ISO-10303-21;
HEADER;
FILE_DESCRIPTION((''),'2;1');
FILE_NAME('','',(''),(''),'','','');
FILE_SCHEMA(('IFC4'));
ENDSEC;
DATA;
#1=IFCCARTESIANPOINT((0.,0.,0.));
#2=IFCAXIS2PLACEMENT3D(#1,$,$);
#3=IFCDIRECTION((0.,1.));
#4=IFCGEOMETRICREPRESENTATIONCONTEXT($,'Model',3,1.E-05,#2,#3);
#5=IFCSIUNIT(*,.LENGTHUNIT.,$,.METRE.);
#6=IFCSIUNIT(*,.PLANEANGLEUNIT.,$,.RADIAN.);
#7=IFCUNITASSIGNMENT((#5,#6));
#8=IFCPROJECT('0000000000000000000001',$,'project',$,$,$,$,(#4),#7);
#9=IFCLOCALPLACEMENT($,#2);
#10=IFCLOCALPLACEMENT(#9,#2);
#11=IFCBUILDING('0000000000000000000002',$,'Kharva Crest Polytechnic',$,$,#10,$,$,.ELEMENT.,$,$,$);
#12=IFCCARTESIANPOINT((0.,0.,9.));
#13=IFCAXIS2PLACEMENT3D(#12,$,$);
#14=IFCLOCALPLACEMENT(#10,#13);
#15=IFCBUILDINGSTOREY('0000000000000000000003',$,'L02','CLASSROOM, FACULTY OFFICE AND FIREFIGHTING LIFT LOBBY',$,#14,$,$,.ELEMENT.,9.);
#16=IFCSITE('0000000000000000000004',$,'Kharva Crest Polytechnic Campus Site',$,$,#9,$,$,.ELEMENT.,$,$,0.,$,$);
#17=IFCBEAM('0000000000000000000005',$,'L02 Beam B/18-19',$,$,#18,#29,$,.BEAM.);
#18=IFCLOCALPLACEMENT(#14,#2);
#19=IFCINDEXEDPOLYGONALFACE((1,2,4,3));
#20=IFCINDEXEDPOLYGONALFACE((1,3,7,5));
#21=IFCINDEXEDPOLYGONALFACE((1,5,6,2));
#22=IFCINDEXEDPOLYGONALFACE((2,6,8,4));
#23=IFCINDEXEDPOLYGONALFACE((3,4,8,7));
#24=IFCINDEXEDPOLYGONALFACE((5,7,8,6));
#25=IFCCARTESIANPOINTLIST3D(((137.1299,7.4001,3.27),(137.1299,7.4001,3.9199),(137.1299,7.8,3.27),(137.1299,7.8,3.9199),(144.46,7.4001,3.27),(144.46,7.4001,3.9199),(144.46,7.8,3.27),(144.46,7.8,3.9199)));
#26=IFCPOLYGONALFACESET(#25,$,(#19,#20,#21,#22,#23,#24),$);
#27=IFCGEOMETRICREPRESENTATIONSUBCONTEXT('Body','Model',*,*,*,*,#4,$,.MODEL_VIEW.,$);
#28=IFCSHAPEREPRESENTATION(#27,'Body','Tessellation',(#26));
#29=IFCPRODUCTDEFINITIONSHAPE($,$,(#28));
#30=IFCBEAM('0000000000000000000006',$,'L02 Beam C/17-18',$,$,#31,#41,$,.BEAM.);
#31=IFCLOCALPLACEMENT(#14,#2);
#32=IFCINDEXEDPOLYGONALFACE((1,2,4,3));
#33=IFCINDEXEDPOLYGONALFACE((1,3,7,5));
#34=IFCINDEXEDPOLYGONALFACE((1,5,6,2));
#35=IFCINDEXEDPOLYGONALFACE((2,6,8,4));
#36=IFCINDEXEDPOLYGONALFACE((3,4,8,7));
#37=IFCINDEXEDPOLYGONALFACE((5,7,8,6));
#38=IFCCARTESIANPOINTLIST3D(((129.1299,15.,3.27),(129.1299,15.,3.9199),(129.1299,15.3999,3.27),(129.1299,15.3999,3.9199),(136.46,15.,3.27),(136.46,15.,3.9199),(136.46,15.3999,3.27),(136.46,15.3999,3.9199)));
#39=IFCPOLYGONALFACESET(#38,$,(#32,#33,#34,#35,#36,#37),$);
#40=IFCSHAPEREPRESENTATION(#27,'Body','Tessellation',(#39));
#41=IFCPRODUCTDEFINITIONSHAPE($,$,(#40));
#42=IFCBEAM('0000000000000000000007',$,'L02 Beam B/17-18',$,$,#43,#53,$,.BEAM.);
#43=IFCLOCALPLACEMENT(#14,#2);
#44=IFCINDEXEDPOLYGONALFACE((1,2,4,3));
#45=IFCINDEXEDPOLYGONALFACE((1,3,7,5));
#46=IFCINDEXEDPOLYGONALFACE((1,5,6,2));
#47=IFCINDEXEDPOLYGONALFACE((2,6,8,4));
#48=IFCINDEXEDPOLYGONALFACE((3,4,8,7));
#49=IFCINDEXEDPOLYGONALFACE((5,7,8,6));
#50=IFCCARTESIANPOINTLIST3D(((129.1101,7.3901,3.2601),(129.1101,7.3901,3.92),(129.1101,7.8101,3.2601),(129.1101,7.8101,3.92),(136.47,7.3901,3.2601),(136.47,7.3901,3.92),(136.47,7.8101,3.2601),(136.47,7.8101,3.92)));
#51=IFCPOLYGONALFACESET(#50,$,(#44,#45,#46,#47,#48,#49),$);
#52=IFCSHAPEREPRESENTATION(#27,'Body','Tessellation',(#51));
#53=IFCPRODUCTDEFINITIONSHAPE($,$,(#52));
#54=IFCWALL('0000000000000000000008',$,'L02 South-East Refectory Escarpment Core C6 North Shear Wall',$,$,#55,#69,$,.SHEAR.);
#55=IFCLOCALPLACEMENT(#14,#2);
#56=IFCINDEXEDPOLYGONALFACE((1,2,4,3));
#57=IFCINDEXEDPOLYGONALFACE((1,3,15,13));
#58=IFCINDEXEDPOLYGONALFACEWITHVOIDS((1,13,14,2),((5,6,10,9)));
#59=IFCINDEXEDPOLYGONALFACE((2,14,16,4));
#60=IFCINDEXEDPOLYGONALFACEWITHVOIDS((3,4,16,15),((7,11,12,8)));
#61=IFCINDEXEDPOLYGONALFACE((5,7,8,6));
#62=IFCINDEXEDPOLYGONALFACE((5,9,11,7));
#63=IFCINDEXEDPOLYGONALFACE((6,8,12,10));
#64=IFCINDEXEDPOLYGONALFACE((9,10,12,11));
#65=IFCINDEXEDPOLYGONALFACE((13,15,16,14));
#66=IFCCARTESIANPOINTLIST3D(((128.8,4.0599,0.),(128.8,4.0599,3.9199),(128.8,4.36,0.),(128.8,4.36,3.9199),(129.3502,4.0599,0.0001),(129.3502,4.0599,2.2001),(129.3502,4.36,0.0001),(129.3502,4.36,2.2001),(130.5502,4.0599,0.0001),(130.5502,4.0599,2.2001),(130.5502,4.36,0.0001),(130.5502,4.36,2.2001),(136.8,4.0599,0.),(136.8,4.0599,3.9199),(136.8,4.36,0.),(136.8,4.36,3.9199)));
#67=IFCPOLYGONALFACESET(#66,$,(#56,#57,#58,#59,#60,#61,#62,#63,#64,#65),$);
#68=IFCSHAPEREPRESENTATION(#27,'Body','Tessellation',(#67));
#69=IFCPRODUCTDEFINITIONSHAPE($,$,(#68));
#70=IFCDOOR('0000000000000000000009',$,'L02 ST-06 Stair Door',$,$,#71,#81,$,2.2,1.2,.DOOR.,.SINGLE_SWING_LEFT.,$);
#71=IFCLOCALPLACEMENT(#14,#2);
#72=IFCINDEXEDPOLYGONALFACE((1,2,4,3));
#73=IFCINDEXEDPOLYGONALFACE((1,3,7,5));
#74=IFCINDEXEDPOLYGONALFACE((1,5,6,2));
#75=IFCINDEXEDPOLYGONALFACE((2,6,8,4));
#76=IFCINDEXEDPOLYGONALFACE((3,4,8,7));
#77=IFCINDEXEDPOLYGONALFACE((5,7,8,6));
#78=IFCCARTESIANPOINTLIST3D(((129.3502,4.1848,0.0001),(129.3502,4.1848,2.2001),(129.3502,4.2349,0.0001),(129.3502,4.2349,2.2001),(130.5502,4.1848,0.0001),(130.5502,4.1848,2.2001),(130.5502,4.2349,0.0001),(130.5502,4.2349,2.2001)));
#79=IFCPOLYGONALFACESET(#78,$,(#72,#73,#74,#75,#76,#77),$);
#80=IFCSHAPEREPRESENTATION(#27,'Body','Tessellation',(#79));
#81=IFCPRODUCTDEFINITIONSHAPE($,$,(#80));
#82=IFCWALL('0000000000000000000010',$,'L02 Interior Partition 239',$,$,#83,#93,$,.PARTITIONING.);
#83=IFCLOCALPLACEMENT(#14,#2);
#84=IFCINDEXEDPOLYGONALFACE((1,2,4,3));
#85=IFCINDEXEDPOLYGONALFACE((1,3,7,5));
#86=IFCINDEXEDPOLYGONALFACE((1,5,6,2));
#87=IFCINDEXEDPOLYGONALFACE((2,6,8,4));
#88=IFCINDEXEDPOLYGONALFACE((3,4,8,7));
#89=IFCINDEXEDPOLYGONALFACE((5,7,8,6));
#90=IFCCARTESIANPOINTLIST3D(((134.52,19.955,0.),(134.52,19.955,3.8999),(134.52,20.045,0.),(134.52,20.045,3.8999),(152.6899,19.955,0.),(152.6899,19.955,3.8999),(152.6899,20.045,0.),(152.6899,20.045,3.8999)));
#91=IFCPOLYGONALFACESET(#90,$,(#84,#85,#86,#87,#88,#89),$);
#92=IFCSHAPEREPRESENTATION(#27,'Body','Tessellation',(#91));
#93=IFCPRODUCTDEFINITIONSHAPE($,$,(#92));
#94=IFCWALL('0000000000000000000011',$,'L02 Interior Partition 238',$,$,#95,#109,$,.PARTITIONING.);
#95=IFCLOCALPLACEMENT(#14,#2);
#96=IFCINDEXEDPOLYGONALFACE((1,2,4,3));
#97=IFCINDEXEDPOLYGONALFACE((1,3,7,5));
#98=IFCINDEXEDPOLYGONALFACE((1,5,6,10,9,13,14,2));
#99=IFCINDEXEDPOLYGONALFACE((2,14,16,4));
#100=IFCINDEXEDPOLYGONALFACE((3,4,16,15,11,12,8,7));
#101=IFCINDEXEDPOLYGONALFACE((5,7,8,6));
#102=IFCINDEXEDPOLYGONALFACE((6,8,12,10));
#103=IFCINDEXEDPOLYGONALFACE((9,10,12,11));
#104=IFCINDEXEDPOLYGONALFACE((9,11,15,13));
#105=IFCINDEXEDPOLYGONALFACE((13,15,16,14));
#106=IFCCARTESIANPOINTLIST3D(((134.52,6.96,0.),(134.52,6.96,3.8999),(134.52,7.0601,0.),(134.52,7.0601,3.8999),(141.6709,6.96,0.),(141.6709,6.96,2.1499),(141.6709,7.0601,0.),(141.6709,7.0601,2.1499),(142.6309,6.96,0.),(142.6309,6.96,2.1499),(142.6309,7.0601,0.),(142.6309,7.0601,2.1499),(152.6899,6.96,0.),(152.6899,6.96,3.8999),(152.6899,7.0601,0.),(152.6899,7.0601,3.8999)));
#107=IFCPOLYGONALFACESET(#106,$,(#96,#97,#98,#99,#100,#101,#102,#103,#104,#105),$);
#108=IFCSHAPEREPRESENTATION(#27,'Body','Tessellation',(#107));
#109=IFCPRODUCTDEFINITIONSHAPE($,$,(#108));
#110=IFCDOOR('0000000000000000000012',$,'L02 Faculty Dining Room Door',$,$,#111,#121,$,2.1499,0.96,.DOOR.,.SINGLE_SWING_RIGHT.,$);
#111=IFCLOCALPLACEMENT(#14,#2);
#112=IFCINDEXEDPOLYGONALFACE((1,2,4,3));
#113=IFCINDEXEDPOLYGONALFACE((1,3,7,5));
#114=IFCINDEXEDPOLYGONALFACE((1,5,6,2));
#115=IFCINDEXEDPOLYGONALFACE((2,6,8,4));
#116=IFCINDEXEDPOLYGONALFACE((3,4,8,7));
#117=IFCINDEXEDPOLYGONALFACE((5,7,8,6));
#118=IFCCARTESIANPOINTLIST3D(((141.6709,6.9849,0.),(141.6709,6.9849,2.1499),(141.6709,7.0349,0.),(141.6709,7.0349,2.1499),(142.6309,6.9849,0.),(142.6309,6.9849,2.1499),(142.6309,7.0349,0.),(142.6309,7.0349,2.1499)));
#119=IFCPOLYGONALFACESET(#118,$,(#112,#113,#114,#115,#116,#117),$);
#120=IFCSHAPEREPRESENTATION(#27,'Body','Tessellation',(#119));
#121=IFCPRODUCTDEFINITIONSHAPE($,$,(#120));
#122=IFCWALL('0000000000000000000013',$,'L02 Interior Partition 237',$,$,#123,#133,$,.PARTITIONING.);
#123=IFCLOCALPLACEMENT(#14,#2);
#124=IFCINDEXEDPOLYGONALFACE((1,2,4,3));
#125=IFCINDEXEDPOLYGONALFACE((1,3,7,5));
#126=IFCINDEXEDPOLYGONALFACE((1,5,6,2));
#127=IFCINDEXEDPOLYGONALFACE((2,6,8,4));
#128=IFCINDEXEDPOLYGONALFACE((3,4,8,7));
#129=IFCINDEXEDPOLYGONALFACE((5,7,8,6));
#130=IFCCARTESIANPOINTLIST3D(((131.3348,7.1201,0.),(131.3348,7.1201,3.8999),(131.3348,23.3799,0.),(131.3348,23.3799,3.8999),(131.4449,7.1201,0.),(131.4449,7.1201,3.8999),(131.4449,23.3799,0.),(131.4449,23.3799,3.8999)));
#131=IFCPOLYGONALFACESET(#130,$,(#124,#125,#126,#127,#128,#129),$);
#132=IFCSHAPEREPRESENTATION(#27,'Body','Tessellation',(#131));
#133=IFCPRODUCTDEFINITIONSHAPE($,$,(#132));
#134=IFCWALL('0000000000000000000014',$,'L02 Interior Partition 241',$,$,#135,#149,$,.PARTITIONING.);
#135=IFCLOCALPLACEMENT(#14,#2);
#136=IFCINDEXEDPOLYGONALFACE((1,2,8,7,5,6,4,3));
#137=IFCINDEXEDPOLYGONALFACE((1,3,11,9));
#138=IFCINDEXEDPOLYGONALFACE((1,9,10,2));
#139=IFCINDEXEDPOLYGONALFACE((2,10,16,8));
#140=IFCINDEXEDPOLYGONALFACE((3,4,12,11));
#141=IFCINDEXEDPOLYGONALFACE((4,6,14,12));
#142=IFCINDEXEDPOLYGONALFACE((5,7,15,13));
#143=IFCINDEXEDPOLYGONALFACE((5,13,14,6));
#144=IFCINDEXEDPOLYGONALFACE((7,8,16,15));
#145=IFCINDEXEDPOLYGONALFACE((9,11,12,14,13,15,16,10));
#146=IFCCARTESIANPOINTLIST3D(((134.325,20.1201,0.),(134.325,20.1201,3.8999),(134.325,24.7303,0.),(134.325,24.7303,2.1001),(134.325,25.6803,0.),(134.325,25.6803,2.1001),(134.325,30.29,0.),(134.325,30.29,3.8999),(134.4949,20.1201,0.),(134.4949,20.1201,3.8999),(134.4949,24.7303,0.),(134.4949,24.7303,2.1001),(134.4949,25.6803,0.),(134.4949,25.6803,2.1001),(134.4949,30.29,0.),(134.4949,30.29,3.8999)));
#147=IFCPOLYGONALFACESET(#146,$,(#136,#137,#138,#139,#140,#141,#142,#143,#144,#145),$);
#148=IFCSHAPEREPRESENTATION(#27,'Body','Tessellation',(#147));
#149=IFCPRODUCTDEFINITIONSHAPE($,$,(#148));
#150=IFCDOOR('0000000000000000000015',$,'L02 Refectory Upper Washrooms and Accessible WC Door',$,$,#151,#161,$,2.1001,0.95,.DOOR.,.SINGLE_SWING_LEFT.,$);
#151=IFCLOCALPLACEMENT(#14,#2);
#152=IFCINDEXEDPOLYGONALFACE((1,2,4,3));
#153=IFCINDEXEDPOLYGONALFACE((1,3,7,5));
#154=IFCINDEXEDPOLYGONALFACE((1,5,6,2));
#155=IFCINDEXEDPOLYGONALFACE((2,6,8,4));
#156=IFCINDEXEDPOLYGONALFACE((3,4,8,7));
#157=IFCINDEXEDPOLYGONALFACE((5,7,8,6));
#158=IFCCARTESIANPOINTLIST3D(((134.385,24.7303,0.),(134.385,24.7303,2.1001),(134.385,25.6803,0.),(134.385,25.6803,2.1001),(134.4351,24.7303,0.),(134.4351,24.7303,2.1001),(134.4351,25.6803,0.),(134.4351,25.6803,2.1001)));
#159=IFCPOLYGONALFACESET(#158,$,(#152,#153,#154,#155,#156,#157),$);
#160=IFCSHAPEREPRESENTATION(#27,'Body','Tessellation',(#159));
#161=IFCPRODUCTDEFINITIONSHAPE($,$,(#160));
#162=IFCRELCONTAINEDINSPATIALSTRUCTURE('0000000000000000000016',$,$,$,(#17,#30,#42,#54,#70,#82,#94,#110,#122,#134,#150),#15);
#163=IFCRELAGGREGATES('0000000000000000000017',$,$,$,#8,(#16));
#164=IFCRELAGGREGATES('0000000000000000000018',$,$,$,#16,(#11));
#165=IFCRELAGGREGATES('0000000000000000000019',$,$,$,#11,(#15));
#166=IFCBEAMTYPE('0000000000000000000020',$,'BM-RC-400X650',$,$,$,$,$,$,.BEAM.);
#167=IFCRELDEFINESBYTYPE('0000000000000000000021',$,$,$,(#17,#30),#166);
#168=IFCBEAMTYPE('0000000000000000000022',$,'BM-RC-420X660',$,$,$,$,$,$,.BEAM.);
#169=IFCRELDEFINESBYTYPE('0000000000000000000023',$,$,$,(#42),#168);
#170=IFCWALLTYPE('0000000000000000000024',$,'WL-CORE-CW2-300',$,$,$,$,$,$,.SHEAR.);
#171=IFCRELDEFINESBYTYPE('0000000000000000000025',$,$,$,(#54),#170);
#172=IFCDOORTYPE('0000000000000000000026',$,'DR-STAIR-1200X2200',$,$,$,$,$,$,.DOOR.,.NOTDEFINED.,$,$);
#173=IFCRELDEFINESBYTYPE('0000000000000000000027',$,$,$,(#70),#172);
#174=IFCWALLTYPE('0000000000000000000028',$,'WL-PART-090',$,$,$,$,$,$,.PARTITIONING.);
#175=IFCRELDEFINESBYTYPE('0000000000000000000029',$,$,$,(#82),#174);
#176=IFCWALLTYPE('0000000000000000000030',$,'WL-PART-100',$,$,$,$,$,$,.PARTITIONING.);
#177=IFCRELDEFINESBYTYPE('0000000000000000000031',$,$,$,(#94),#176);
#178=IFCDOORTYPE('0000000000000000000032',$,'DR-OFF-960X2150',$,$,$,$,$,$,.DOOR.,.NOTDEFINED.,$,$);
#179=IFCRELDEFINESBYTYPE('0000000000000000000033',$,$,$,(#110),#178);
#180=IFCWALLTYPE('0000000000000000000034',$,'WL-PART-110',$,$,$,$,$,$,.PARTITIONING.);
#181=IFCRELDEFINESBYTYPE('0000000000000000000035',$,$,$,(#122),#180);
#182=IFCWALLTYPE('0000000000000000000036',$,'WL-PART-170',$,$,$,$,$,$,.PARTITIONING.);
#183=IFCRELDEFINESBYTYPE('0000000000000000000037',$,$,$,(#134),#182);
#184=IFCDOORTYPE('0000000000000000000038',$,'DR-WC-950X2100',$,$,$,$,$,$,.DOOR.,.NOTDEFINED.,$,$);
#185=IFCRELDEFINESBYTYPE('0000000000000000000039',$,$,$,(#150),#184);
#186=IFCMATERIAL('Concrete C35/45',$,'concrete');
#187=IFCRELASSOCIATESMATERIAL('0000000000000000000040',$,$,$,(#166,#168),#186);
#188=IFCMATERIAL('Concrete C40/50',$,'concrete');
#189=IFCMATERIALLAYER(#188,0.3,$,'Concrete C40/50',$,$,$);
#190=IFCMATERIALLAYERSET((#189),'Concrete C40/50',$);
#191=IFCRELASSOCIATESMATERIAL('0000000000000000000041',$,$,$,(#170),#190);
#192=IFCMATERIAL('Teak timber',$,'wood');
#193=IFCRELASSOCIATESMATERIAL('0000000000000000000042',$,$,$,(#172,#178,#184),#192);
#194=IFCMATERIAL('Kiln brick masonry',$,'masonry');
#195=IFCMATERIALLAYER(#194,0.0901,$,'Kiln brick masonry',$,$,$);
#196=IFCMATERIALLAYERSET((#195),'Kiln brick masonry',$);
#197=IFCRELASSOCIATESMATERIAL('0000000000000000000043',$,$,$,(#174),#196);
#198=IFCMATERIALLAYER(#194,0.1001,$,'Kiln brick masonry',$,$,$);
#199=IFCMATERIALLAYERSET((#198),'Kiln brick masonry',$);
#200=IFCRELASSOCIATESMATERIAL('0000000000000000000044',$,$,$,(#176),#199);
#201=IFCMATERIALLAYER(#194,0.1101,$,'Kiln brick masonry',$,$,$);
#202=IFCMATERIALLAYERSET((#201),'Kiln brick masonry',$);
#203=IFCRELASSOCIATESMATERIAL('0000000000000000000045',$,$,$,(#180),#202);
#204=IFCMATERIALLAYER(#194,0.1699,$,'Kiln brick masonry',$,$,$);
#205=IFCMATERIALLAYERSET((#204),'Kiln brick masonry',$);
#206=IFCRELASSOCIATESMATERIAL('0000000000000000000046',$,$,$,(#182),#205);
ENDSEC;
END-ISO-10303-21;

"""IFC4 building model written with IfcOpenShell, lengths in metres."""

from ifc_helpers import new_model, si_unit, direction, frame, frame_2d, origin, origin_2d, place, context, subcontext, project, spatial, rectangle, extrude, material, layer, layer_set, material_profile, profile_set, type_object, element, fill, save


model = new_model("IFC4")

# Units and contexts
model_context = context("Model", 3, precision=1e-05, world=origin(), true_north=direction((0.0, 1.0)))
body_context = subcontext(model_context, "Body", "Model", "MODEL_VIEW")
ifc_project = project(units=[si_unit("LENGTHUNIT", "METRE"), si_unit("PLANEANGLEUNIT", "RADIAN")], contexts=[model_context])

# Site, building, storey
site_placement = place(None, origin())
site = spatial("IfcSite", under=ifc_project, at=site_placement, Name="Kharva Crest Polytechnic Campus Site", CompositionType="ELEMENT", RefElevation=0.0)
building_placement = place(site_placement, origin())
building = spatial("IfcBuilding", under=site, at=building_placement, Name="Kharva Crest Polytechnic", CompositionType="ELEMENT")
storey_placement = place(building_placement, frame((0.0, 0.0, 9.0)))
storey = spatial("IfcBuildingStorey", under=building, at=storey_placement, Name="L02", Description="CLASSROOM, FACULTY OFFICE AND FIREFIGHTING LIFT LOBBY", CompositionType="ELEMENT", Elevation=9.0)

# Shared definitions
ifc_material_1 = material(Name="Concrete C40/50", Category="concrete")

# Beams
ifc_material_2 = material(Name="Concrete C35/45", Category="concrete")
ifc_material_profile_1 = material_profile(ifc_material_2, rectangle(XDim=0.3999, YDim=0.6499, at=origin_2d()), Name="RECT 400 X 650")
ifc_profile_set_1 = profile_set([ifc_material_profile_1], Name="Concrete C35/45")
beam_type_1 = type_object("IfcBeamType", Name="BM-RC-400X650", PredefinedType="BEAM", material=ifc_profile_set_1)
for number, where, z_axis, x_axis, name in (
    (1, (137.1299, 7.6001, 3.595), (1.0, 0.0, 0.0), (0.0, 1.0, 0.0), "L02 Beam B/18-19"),
    (2, (129.1299, 15.2, 3.595), (1.0, 0.0, 0.0), (0.0, 1.0, 0.0), "L02 Beam C/17-18"),
):
    element("IfcBeam", number, at=place(storey_placement, frame(where, z_axis=z_axis, x_axis=x_axis)), inside=storey, type_object=beam_type_1, Name=name, PredefinedType="BEAM", context=body_context, shape_type="SweptSolid", body=[
        extrude(rectangle(XDim=0.3999, YDim=0.6499, at=origin_2d()), origin(), (0.0, 0.0, 1.0), 7.3301),
    ])
ifc_material_profile_2 = material_profile(ifc_material_2, rectangle(XDim=0.4199, YDim=0.6599, at=origin_2d()), Name="RECT 420 X 660")
ifc_profile_set_2 = profile_set([ifc_material_profile_2], Name="Concrete C35/45")
beam_type_2 = type_object("IfcBeamType", Name="BM-RC-420X660", PredefinedType="BEAM", material=ifc_profile_set_2)
beam_1_placement = place(storey_placement, frame((129.1101, 7.6001, 3.5901), z_axis=(1.0, 0.0, 0.0), x_axis=(0.0, 1.0, 0.0)))
element("IfcBeam", 3, at=beam_1_placement, inside=storey, type_object=beam_type_2, Name="L02 Beam B/17-18", PredefinedType="BEAM", context=body_context, shape_type="SweptSolid", body=[
    extrude(rectangle(XDim=0.4199, YDim=0.6599, at=origin_2d()), origin(), (0.0, 0.0, 1.0), 7.3599),
])

# Wall, opening, door
ifc_layer_1 = layer(ifc_material_1, 0.3, Name="Concrete C40/50")
ifc_layer_set_1 = layer_set([ifc_layer_1], Name="Concrete C40/50")
wall_type_1 = type_object("IfcWallType", Name="WL-CORE-CW2-300", PredefinedType="SHEAR", material=ifc_layer_set_1)
wall_1_placement = place(storey_placement, frame((128.8, 4.21, 0.0), z_axis=(0.0, 0.0, 1.0), x_axis=(1.0, 0.0, 0.0)))
wall_1 = element("IfcWall", 4, at=wall_1_placement, inside=storey, type_object=wall_type_1, Name="L02 South-East Refectory Escarpment Core C6 North Shear Wall", PredefinedType="SHEAR", context=body_context, shape_type="SweptSolid", body=[
    extrude(rectangle(XDim=8.0, YDim=0.3, at=frame_2d((4.0, 0.0))), origin(), (0.0, 0.0, 1.0), 3.9199),
])
opening_1_placement = place(wall_1_placement, frame((0.55, 0.0, 0.0)))
opening_1 = element("IfcOpeningElement", 5, at=opening_1_placement, cuts=wall_1, PredefinedType="OPENING", context=body_context, shape_type="SweptSolid", body=[
    extrude(rectangle(XDim=1.2, YDim=2.2, at=frame_2d((0.6001, 1.1001))), frame((0.0, 0.1599, 0.0), z_axis=(0.0, -1.0, 0.0), x_axis=(1.0, 0.0, 0.0)), (0.0, 0.0, 1.0), 0.3201),
])
ifc_material_3 = material(Name="Teak timber", Category="wood")
door_type_1 = type_object("IfcDoorType", Name="DR-STAIR-1200X2200", OperationType="NOTDEFINED", PredefinedType="DOOR", material=ifc_material_3)
door_1_placement = place(opening_1_placement, origin())
door_1 = element("IfcDoor", 6, at=door_1_placement, inside=storey, type_object=door_type_1, Name="L02 ST-06 Stair Door", OperationType="SINGLE_SWING_LEFT", OverallHeight=2.2, OverallWidth=1.2, PredefinedType="DOOR", context=body_context, shape_type="SweptSolid", body=[
    extrude(rectangle(XDim=1.2, YDim=2.2, at=frame_2d((0.6001, 1.1001))), frame((0.0, 0.0249, 0.0), z_axis=(0.0, -1.0, 0.0), x_axis=(1.0, 0.0, 0.0)), (0.0, 0.0, 1.0), 0.05),
])
fill(opening_1, door_1)

# Wall
ifc_material_4 = material(Name="Kiln brick masonry", Category="masonry")
ifc_layer_2 = layer(ifc_material_4, 0.0901, Name="Kiln brick masonry")
ifc_layer_set_2 = layer_set([ifc_layer_2], Name="Kiln brick masonry")
wall_type_2 = type_object("IfcWallType", Name="WL-PART-090", PredefinedType="PARTITIONING", material=ifc_layer_set_2)
wall_2_placement = place(storey_placement, frame((134.52, 20.0, 0.0), z_axis=(0.0, 0.0, 1.0), x_axis=(1.0, 0.0, 0.0)))
element("IfcWall", 7, at=wall_2_placement, inside=storey, type_object=wall_type_2, Name="L02 Interior Partition 239", PredefinedType="PARTITIONING", context=body_context, shape_type="SweptSolid", body=[
    extrude(rectangle(XDim=18.1699, YDim=0.0901, at=frame_2d((9.085, 0.0))), origin(), (0.0, 0.0, 1.0), 3.8999),
])

# Wall, opening, door
ifc_layer_3 = layer(ifc_material_4, 0.1001, Name="Kiln brick masonry")
ifc_layer_set_3 = layer_set([ifc_layer_3], Name="Kiln brick masonry")
wall_type_3 = type_object("IfcWallType", Name="WL-PART-100", PredefinedType="PARTITIONING", material=ifc_layer_set_3)
wall_3_placement = place(storey_placement, frame((134.52, 7.01, 0.0), z_axis=(0.0, 0.0, 1.0), x_axis=(1.0, 0.0, 0.0)))
wall_3 = element("IfcWall", 8, at=wall_3_placement, inside=storey, type_object=wall_type_3, Name="L02 Interior Partition 238", PredefinedType="PARTITIONING", context=body_context, shape_type="SweptSolid", body=[
    extrude(rectangle(XDim=18.1699, YDim=0.1001, at=frame_2d((9.085, 0.0))), origin(), (0.0, 0.0, 1.0), 3.8999),
])
opening_2_placement = place(wall_3_placement, frame((7.1509, 0.0, 0.0)))
opening_2 = element("IfcOpeningElement", 9, at=opening_2_placement, cuts=wall_3, PredefinedType="OPENING", context=body_context, shape_type="SweptSolid", body=[
    extrude(rectangle(XDim=0.96, YDim=2.1499, at=frame_2d((0.48, 1.075))), frame((0.0, 0.0601, 0.0), z_axis=(0.0, -1.0, 0.0), x_axis=(1.0, 0.0, 0.0)), (0.0, 0.0, 1.0), 0.1201),
])
door_type_2 = type_object("IfcDoorType", Name="DR-OFF-960X2150", OperationType="NOTDEFINED", PredefinedType="DOOR", material=ifc_material_3)
door_2_placement = place(opening_2_placement, origin())
door_2 = element("IfcDoor", 10, at=door_2_placement, inside=storey, type_object=door_type_2, Name="L02 Faculty Dining Room Door", OperationType="SINGLE_SWING_RIGHT", OverallHeight=2.1499, OverallWidth=0.96, PredefinedType="DOOR", context=body_context, shape_type="SweptSolid", body=[
    extrude(rectangle(XDim=0.96, YDim=2.1499, at=frame_2d((0.48, 1.075))), frame((0.0, 0.0249, 0.0), z_axis=(0.0, -1.0, 0.0), x_axis=(1.0, 0.0, 0.0)), (0.0, 0.0, 1.0), 0.05),
])
fill(opening_2, door_2)

# Wall
ifc_layer_4 = layer(ifc_material_4, 0.1101, Name="Kiln brick masonry")
ifc_layer_set_4 = layer_set([ifc_layer_4], Name="Kiln brick masonry")
wall_type_4 = type_object("IfcWallType", Name="WL-PART-110", PredefinedType="PARTITIONING", material=ifc_layer_set_4)
wall_4_placement = place(storey_placement, frame((131.3899, 7.1201, 0.0), z_axis=(0.0, 0.0, 1.0), x_axis=(0.0, 1.0, 0.0)))
element("IfcWall", 11, at=wall_4_placement, inside=storey, type_object=wall_type_4, Name="L02 Interior Partition 237", PredefinedType="PARTITIONING", context=body_context, shape_type="SweptSolid", body=[
    extrude(rectangle(XDim=16.2598, YDim=0.1101, at=frame_2d((8.1299, 0.0))), origin(), (0.0, 0.0, 1.0), 3.8999),
])

# Wall, opening, door
ifc_layer_5 = layer(ifc_material_4, 0.1699, Name="Kiln brick masonry")
ifc_layer_set_5 = layer_set([ifc_layer_5], Name="Kiln brick masonry")
wall_type_5 = type_object("IfcWallType", Name="WL-PART-170", PredefinedType="PARTITIONING", material=ifc_layer_set_5)
wall_5_placement = place(storey_placement, frame((134.4099, 20.1201, 0.0), z_axis=(0.0, 0.0, 1.0), x_axis=(0.0, 1.0, 0.0)))
wall_5 = element("IfcWall", 12, at=wall_5_placement, inside=storey, type_object=wall_type_5, Name="L02 Interior Partition 241", PredefinedType="PARTITIONING", context=body_context, shape_type="SweptSolid", body=[
    extrude(rectangle(XDim=10.1699, YDim=0.1699, at=frame_2d((5.085, 0.0))), origin(), (0.0, 0.0, 1.0), 3.8999),
])
opening_3_placement = place(wall_5_placement, frame((4.6101, 0.0, 0.0)))
opening_3 = element("IfcOpeningElement", 13, at=opening_3_placement, cuts=wall_5, PredefinedType="OPENING", context=body_context, shape_type="SweptSolid", body=[
    extrude(rectangle(XDim=0.95, YDim=2.1001, at=frame_2d((0.4751, 1.05))), frame((0.0, 0.095, 0.0), z_axis=(0.0, -1.0, 0.0), x_axis=(1.0, 0.0, 0.0)), (0.0, 0.0, 1.0), 0.1899),
])
door_type_3 = type_object("IfcDoorType", Name="DR-WC-950X2100", OperationType="NOTDEFINED", PredefinedType="DOOR", material=ifc_material_3)
door_3_placement = place(opening_3_placement, origin())
door_3 = element("IfcDoor", 14, at=door_3_placement, inside=storey, type_object=door_type_3, Name="L02 Refectory Upper Washrooms and Accessible WC Door", OperationType="SINGLE_SWING_LEFT", OverallHeight=2.1001, OverallWidth=0.95, PredefinedType="DOOR", context=body_context, shape_type="SweptSolid", body=[
    extrude(rectangle(XDim=0.95, YDim=2.1001, at=frame_2d((0.4751, 1.05))), frame((0.0, 0.0249, 0.0), z_axis=(0.0, -1.0, 0.0), x_axis=(1.0, 0.0, 0.0)), (0.0, 0.0, 1.0), 0.05),
])
fill(opening_3, door_3)

save(model, "model.ifc")
